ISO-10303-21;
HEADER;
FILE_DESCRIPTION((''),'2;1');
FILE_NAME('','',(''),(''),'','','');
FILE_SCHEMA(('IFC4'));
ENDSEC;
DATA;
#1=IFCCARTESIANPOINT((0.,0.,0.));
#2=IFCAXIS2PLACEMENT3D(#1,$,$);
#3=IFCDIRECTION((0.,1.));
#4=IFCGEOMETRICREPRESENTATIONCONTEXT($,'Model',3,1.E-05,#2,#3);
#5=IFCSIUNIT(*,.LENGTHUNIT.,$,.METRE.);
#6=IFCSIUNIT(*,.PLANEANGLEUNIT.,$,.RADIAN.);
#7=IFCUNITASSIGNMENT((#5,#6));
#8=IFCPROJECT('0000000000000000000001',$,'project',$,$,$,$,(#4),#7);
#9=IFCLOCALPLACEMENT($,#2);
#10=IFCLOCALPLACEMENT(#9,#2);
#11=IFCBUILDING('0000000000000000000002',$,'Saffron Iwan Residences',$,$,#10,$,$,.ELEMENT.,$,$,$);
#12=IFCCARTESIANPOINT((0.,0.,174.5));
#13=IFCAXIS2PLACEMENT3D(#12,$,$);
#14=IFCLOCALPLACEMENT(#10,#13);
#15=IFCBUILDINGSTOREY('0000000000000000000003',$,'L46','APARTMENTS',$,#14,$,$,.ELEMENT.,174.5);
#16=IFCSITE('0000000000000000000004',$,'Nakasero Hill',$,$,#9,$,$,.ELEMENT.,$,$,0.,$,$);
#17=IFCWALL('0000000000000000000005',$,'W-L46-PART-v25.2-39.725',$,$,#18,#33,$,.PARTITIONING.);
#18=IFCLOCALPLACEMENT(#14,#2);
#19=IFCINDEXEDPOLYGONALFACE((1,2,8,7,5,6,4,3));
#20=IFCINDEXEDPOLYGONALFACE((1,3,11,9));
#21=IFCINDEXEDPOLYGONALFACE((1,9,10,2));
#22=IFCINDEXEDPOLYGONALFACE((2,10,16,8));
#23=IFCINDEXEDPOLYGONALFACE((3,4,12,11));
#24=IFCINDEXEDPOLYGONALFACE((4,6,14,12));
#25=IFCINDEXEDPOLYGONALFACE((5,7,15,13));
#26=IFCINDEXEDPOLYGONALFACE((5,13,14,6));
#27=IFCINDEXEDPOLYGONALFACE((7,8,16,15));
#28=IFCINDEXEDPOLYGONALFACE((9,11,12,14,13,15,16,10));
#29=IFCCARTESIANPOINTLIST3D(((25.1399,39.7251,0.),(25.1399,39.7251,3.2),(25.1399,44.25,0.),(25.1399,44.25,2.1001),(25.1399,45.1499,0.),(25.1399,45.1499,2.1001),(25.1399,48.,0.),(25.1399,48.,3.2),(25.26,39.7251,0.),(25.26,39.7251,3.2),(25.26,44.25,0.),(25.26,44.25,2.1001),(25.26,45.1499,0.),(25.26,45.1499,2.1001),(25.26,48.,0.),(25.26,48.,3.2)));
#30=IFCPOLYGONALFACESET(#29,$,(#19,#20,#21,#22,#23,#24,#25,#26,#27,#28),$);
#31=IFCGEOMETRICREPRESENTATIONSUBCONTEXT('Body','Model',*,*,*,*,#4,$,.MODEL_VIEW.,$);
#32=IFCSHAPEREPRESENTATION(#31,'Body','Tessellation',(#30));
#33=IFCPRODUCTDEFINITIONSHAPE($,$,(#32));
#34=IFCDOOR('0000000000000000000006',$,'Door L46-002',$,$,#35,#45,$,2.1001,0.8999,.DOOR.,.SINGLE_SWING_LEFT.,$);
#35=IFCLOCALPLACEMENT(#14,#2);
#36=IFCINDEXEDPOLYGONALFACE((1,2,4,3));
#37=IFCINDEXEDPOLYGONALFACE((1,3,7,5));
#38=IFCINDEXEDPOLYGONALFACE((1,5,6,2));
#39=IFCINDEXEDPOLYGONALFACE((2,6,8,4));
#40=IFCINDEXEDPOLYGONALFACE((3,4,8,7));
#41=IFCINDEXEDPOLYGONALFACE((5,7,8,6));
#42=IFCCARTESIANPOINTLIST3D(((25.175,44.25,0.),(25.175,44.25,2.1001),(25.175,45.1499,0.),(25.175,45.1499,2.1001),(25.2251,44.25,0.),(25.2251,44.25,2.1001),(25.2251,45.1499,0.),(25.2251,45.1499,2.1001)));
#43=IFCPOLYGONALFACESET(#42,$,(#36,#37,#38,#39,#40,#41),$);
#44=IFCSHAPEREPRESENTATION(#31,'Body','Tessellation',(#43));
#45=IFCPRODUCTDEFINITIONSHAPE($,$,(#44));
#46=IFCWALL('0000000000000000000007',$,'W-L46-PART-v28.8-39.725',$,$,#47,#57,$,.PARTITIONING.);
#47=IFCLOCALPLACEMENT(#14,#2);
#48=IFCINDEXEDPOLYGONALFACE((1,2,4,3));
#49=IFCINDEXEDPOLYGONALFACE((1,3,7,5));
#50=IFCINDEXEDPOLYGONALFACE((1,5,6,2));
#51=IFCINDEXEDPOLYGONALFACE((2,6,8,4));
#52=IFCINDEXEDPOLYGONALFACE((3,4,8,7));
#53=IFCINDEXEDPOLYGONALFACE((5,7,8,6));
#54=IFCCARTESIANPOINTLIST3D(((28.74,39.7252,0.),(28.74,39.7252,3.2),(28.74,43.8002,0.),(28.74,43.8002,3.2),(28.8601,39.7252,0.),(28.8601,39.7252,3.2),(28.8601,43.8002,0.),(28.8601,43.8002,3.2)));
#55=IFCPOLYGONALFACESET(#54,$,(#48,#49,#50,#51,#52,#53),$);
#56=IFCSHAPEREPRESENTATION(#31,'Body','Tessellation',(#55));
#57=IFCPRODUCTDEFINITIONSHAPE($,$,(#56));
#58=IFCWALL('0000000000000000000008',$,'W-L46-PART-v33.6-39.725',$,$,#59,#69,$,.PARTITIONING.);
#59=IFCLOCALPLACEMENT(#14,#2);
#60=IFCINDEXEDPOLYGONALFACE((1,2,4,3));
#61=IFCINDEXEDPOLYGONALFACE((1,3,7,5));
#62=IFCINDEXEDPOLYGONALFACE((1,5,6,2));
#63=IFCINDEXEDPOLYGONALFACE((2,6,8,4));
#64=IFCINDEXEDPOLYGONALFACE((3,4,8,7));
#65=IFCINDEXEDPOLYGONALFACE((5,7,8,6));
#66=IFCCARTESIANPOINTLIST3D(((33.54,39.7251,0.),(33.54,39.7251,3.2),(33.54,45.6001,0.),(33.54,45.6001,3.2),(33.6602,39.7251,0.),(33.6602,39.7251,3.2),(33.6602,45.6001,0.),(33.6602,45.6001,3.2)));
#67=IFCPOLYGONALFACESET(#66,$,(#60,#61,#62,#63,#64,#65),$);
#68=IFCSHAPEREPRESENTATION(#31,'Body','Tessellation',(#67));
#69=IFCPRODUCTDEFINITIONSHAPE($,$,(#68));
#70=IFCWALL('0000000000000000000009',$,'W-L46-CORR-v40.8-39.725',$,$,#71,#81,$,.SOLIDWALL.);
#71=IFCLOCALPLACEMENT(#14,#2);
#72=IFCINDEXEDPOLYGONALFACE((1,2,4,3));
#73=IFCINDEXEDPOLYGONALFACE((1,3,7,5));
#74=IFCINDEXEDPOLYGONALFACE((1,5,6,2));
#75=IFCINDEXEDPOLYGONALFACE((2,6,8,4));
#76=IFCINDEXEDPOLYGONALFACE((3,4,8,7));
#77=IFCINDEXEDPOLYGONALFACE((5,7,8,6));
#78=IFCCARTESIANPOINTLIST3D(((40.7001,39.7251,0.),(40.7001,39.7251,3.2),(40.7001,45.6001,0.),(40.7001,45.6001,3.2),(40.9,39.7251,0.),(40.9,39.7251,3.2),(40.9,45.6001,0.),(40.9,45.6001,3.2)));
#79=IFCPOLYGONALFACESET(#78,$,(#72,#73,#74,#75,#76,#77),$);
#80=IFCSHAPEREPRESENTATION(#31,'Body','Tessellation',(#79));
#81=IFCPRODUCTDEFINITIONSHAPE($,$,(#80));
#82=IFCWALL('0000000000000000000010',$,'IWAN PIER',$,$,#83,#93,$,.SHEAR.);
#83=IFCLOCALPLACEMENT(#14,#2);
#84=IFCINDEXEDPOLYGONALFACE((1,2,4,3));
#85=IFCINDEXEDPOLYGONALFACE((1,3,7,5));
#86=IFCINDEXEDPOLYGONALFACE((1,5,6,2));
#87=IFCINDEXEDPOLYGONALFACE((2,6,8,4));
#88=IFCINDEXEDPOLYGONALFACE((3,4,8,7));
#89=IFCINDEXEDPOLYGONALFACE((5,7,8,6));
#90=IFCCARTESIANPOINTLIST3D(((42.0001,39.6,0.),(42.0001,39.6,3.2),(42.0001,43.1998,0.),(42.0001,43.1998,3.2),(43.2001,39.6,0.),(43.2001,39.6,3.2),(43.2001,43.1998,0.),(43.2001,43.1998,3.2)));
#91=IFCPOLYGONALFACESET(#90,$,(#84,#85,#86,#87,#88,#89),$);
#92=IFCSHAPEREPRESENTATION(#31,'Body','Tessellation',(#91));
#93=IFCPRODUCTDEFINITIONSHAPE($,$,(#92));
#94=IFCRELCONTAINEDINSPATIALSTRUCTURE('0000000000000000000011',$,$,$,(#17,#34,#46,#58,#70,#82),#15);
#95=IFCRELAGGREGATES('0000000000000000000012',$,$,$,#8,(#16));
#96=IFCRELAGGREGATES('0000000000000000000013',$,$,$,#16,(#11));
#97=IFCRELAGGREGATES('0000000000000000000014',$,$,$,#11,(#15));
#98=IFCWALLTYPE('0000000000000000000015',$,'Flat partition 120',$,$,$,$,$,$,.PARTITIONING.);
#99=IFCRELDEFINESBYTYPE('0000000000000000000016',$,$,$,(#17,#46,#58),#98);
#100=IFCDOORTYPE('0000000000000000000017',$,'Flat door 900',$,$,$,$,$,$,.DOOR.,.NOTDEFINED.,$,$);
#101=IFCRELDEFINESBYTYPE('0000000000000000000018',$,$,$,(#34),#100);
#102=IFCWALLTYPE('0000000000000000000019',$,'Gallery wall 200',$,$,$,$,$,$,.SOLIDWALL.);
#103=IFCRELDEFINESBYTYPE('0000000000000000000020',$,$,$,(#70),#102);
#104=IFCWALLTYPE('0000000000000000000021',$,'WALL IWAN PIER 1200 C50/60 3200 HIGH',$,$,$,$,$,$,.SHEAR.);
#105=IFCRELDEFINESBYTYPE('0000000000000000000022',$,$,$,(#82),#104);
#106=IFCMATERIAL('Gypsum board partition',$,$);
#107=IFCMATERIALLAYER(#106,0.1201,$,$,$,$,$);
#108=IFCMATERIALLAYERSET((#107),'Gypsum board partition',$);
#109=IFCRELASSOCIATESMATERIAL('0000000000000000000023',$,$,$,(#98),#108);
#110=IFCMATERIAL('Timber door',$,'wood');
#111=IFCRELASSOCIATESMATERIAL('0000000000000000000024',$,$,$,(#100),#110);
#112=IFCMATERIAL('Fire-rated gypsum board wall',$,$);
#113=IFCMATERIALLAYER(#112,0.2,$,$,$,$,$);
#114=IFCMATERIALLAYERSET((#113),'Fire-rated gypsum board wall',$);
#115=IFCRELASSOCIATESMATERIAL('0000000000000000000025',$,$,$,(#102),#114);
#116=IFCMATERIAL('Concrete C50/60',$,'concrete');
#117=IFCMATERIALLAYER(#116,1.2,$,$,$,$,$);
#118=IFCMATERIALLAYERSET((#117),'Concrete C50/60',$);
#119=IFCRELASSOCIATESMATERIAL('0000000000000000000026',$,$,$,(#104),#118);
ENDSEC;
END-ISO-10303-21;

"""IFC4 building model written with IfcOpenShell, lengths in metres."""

from ifc_helpers import new_model, si_unit, direction, frame, frame_2d, origin, place, context, subcontext, project, spatial, rectangle, extrude, material, layer, layer_set, type_object, element, fill, save


model = new_model("IFC4")

# Units and contexts
model_context = context("Model", 3, precision=1e-05, world=origin(), true_north=direction((0.0, 1.0)))
body_context = subcontext(model_context, "Body", "Model", "MODEL_VIEW")
ifc_project = project(units=[si_unit("LENGTHUNIT", "METRE"), si_unit("PLANEANGLEUNIT", "RADIAN")], contexts=[model_context])

# Site, building, storey
site_placement = place(None, origin())
site = spatial("IfcSite", under=ifc_project, at=site_placement, Name="Nakasero Hill", CompositionType="ELEMENT", RefElevation=0.0)
building_placement = place(site_placement, origin())
building = spatial("IfcBuilding", under=site, at=building_placement, Name="Saffron Iwan Residences", CompositionType="ELEMENT")
storey_placement = place(building_placement, frame((0.0, 0.0, 174.5)))
storey = spatial("IfcBuildingStorey", under=building, at=storey_placement, Name="L46", Description="APARTMENTS", CompositionType="ELEMENT", Elevation=174.5)

# Shared definitions
ifc_material_1 = material(Name="Concrete C50/60", Category="concrete")

# Wall, opening, door
ifc_material_2 = material(Name="Gypsum board partition")
ifc_layer_1 = layer(ifc_material_2, 0.1201)
ifc_layer_set_1 = layer_set([ifc_layer_1], Name="Gypsum board partition")
wall_type_1 = type_object("IfcWallType", Name="Flat partition 120", PredefinedType="PARTITIONING", material=ifc_layer_set_1)
wall_1_placement = place(storey_placement, frame((25.2, 39.7251, 0.0), z_axis=(0.0, 0.0, 1.0), x_axis=(0.0, 1.0, 0.0)))
wall_1 = element("IfcWall", 1, at=wall_1_placement, inside=storey, type_object=wall_type_1, Name="W-L46-PART-v25.2-39.725", PredefinedType="PARTITIONING", context=body_context, shape_type="SweptSolid", body=[
    extrude(rectangle(XDim=8.2749, YDim=0.1201, at=frame_2d((4.1375, 0.0))), origin(), (0.0, 0.0, 1.0), 3.2),
])
opening_1_placement = place(wall_1_placement, frame((4.5249, 0.0, 0.0)))
opening_1 = element("IfcOpeningElement", 2, at=opening_1_placement, cuts=wall_1, PredefinedType="OPENING", context=body_context, shape_type="SweptSolid", body=[
    extrude(rectangle(XDim=0.8999, YDim=2.1001, at=frame_2d((0.45, 1.05))), frame((0.0, 0.0701, 0.0), z_axis=(0.0, -1.0, 0.0), x_axis=(1.0, 0.0, 0.0)), (0.0, 0.0, 1.0), 0.1401),
])
ifc_material_3 = material(Name="Timber door", Category="wood")
door_type_1 = type_object("IfcDoorType", Name="Flat door 900", OperationType="NOTDEFINED", PredefinedType="DOOR", material=ifc_material_3)
door_1_placement = place(opening_1_placement, origin())
door_1 = element("IfcDoor", 3, at=door_1_placement, inside=storey, type_object=door_type_1, Name="Door L46-002", OperationType="SINGLE_SWING_LEFT", OverallHeight=2.1001, OverallWidth=0.8999, PredefinedType="DOOR", context=body_context, shape_type="SweptSolid", body=[
    extrude(rectangle(XDim=0.8999, YDim=2.1001, at=frame_2d((0.45, 1.05))), frame((0.0, 0.0249, 0.0), z_axis=(0.0, -1.0, 0.0), x_axis=(1.0, 0.0, 0.0)), (0.0, 0.0, 1.0), 0.05),
])
fill(opening_1, door_1)

# Walls
wall_2_placement = place(storey_placement, frame((28.8, 39.7251, 0.0), z_axis=(0.0, 0.0, 1.0), x_axis=(0.0, 1.0, 0.0)))
element("IfcWall", 4, at=wall_2_placement, inside=storey, type_object=wall_type_1, Name="W-L46-PART-v28.8-39.725", PredefinedType="PARTITIONING", context=body_context, shape_type="SweptSolid", body=[
    extrude(rectangle(XDim=4.075, YDim=0.1201, at=frame_2d((2.0376, 0.0))), origin(), (0.0, 0.0, 1.0), 3.2),
])
wall_3_placement = place(storey_placement, frame((33.6001, 39.7251, 0.0), z_axis=(0.0, 0.0, 1.0), x_axis=(0.0, 1.0, 0.0)))
element("IfcWall", 5, at=wall_3_placement, inside=storey, type_object=wall_type_1, Name="W-L46-PART-v33.6-39.725", PredefinedType="PARTITIONING", context=body_context, shape_type="SweptSolid", body=[
    extrude(rectangle(XDim=5.875, YDim=0.1201, at=frame_2d((2.9375, 0.0))), origin(), (0.0, 0.0, 1.0), 3.2),
])
ifc_material_4 = material(Name="Fire-rated gypsum board wall")
ifc_layer_2 = layer(ifc_material_4, 0.2)
ifc_layer_set_2 = layer_set([ifc_layer_2], Name="Fire-rated gypsum board wall")
wall_type_2 = type_object("IfcWallType", Name="Gallery wall 200", PredefinedType="SOLIDWALL", material=ifc_layer_set_2)
wall_4_placement = place(storey_placement, frame((40.8, 39.7251, 0.0), z_axis=(0.0, 0.0, 1.0), x_axis=(0.0, 1.0, 0.0)))
element("IfcWall", 6, at=wall_4_placement, inside=storey, type_object=wall_type_2, Name="W-L46-CORR-v40.8-39.725", PredefinedType="SOLIDWALL", context=body_context, shape_type="SweptSolid", body=[
    extrude(rectangle(XDim=5.875, YDim=0.2, at=frame_2d((2.9375, 0.0))), origin(), (0.0, 0.0, 1.0), 3.2),
])
ifc_layer_3 = layer(ifc_material_1, 1.2)
ifc_layer_set_3 = layer_set([ifc_layer_3], Name="Concrete C50/60")
wall_type_3 = type_object("IfcWallType", Name="WALL IWAN PIER 1200 C50/60 3200 HIGH", PredefinedType="SHEAR", material=ifc_layer_set_3)
wall_5_placement = place(storey_placement, frame((42.6001, 39.6001, 0.0), z_axis=(0.0, 0.0, 1.0), x_axis=(0.0, 1.0, 0.0)))
element("IfcWall", 7, at=wall_5_placement, inside=storey, type_object=wall_type_3, Name="IWAN PIER", PredefinedType="SHEAR", context=body_context, shape_type="SweptSolid", body=[
    extrude(rectangle(XDim=3.5999, YDim=1.2, at=frame_2d((1.7998, 0.0))), origin(), (0.0, 0.0, 1.0), 3.2),
])

save(model, "model.ifc")
